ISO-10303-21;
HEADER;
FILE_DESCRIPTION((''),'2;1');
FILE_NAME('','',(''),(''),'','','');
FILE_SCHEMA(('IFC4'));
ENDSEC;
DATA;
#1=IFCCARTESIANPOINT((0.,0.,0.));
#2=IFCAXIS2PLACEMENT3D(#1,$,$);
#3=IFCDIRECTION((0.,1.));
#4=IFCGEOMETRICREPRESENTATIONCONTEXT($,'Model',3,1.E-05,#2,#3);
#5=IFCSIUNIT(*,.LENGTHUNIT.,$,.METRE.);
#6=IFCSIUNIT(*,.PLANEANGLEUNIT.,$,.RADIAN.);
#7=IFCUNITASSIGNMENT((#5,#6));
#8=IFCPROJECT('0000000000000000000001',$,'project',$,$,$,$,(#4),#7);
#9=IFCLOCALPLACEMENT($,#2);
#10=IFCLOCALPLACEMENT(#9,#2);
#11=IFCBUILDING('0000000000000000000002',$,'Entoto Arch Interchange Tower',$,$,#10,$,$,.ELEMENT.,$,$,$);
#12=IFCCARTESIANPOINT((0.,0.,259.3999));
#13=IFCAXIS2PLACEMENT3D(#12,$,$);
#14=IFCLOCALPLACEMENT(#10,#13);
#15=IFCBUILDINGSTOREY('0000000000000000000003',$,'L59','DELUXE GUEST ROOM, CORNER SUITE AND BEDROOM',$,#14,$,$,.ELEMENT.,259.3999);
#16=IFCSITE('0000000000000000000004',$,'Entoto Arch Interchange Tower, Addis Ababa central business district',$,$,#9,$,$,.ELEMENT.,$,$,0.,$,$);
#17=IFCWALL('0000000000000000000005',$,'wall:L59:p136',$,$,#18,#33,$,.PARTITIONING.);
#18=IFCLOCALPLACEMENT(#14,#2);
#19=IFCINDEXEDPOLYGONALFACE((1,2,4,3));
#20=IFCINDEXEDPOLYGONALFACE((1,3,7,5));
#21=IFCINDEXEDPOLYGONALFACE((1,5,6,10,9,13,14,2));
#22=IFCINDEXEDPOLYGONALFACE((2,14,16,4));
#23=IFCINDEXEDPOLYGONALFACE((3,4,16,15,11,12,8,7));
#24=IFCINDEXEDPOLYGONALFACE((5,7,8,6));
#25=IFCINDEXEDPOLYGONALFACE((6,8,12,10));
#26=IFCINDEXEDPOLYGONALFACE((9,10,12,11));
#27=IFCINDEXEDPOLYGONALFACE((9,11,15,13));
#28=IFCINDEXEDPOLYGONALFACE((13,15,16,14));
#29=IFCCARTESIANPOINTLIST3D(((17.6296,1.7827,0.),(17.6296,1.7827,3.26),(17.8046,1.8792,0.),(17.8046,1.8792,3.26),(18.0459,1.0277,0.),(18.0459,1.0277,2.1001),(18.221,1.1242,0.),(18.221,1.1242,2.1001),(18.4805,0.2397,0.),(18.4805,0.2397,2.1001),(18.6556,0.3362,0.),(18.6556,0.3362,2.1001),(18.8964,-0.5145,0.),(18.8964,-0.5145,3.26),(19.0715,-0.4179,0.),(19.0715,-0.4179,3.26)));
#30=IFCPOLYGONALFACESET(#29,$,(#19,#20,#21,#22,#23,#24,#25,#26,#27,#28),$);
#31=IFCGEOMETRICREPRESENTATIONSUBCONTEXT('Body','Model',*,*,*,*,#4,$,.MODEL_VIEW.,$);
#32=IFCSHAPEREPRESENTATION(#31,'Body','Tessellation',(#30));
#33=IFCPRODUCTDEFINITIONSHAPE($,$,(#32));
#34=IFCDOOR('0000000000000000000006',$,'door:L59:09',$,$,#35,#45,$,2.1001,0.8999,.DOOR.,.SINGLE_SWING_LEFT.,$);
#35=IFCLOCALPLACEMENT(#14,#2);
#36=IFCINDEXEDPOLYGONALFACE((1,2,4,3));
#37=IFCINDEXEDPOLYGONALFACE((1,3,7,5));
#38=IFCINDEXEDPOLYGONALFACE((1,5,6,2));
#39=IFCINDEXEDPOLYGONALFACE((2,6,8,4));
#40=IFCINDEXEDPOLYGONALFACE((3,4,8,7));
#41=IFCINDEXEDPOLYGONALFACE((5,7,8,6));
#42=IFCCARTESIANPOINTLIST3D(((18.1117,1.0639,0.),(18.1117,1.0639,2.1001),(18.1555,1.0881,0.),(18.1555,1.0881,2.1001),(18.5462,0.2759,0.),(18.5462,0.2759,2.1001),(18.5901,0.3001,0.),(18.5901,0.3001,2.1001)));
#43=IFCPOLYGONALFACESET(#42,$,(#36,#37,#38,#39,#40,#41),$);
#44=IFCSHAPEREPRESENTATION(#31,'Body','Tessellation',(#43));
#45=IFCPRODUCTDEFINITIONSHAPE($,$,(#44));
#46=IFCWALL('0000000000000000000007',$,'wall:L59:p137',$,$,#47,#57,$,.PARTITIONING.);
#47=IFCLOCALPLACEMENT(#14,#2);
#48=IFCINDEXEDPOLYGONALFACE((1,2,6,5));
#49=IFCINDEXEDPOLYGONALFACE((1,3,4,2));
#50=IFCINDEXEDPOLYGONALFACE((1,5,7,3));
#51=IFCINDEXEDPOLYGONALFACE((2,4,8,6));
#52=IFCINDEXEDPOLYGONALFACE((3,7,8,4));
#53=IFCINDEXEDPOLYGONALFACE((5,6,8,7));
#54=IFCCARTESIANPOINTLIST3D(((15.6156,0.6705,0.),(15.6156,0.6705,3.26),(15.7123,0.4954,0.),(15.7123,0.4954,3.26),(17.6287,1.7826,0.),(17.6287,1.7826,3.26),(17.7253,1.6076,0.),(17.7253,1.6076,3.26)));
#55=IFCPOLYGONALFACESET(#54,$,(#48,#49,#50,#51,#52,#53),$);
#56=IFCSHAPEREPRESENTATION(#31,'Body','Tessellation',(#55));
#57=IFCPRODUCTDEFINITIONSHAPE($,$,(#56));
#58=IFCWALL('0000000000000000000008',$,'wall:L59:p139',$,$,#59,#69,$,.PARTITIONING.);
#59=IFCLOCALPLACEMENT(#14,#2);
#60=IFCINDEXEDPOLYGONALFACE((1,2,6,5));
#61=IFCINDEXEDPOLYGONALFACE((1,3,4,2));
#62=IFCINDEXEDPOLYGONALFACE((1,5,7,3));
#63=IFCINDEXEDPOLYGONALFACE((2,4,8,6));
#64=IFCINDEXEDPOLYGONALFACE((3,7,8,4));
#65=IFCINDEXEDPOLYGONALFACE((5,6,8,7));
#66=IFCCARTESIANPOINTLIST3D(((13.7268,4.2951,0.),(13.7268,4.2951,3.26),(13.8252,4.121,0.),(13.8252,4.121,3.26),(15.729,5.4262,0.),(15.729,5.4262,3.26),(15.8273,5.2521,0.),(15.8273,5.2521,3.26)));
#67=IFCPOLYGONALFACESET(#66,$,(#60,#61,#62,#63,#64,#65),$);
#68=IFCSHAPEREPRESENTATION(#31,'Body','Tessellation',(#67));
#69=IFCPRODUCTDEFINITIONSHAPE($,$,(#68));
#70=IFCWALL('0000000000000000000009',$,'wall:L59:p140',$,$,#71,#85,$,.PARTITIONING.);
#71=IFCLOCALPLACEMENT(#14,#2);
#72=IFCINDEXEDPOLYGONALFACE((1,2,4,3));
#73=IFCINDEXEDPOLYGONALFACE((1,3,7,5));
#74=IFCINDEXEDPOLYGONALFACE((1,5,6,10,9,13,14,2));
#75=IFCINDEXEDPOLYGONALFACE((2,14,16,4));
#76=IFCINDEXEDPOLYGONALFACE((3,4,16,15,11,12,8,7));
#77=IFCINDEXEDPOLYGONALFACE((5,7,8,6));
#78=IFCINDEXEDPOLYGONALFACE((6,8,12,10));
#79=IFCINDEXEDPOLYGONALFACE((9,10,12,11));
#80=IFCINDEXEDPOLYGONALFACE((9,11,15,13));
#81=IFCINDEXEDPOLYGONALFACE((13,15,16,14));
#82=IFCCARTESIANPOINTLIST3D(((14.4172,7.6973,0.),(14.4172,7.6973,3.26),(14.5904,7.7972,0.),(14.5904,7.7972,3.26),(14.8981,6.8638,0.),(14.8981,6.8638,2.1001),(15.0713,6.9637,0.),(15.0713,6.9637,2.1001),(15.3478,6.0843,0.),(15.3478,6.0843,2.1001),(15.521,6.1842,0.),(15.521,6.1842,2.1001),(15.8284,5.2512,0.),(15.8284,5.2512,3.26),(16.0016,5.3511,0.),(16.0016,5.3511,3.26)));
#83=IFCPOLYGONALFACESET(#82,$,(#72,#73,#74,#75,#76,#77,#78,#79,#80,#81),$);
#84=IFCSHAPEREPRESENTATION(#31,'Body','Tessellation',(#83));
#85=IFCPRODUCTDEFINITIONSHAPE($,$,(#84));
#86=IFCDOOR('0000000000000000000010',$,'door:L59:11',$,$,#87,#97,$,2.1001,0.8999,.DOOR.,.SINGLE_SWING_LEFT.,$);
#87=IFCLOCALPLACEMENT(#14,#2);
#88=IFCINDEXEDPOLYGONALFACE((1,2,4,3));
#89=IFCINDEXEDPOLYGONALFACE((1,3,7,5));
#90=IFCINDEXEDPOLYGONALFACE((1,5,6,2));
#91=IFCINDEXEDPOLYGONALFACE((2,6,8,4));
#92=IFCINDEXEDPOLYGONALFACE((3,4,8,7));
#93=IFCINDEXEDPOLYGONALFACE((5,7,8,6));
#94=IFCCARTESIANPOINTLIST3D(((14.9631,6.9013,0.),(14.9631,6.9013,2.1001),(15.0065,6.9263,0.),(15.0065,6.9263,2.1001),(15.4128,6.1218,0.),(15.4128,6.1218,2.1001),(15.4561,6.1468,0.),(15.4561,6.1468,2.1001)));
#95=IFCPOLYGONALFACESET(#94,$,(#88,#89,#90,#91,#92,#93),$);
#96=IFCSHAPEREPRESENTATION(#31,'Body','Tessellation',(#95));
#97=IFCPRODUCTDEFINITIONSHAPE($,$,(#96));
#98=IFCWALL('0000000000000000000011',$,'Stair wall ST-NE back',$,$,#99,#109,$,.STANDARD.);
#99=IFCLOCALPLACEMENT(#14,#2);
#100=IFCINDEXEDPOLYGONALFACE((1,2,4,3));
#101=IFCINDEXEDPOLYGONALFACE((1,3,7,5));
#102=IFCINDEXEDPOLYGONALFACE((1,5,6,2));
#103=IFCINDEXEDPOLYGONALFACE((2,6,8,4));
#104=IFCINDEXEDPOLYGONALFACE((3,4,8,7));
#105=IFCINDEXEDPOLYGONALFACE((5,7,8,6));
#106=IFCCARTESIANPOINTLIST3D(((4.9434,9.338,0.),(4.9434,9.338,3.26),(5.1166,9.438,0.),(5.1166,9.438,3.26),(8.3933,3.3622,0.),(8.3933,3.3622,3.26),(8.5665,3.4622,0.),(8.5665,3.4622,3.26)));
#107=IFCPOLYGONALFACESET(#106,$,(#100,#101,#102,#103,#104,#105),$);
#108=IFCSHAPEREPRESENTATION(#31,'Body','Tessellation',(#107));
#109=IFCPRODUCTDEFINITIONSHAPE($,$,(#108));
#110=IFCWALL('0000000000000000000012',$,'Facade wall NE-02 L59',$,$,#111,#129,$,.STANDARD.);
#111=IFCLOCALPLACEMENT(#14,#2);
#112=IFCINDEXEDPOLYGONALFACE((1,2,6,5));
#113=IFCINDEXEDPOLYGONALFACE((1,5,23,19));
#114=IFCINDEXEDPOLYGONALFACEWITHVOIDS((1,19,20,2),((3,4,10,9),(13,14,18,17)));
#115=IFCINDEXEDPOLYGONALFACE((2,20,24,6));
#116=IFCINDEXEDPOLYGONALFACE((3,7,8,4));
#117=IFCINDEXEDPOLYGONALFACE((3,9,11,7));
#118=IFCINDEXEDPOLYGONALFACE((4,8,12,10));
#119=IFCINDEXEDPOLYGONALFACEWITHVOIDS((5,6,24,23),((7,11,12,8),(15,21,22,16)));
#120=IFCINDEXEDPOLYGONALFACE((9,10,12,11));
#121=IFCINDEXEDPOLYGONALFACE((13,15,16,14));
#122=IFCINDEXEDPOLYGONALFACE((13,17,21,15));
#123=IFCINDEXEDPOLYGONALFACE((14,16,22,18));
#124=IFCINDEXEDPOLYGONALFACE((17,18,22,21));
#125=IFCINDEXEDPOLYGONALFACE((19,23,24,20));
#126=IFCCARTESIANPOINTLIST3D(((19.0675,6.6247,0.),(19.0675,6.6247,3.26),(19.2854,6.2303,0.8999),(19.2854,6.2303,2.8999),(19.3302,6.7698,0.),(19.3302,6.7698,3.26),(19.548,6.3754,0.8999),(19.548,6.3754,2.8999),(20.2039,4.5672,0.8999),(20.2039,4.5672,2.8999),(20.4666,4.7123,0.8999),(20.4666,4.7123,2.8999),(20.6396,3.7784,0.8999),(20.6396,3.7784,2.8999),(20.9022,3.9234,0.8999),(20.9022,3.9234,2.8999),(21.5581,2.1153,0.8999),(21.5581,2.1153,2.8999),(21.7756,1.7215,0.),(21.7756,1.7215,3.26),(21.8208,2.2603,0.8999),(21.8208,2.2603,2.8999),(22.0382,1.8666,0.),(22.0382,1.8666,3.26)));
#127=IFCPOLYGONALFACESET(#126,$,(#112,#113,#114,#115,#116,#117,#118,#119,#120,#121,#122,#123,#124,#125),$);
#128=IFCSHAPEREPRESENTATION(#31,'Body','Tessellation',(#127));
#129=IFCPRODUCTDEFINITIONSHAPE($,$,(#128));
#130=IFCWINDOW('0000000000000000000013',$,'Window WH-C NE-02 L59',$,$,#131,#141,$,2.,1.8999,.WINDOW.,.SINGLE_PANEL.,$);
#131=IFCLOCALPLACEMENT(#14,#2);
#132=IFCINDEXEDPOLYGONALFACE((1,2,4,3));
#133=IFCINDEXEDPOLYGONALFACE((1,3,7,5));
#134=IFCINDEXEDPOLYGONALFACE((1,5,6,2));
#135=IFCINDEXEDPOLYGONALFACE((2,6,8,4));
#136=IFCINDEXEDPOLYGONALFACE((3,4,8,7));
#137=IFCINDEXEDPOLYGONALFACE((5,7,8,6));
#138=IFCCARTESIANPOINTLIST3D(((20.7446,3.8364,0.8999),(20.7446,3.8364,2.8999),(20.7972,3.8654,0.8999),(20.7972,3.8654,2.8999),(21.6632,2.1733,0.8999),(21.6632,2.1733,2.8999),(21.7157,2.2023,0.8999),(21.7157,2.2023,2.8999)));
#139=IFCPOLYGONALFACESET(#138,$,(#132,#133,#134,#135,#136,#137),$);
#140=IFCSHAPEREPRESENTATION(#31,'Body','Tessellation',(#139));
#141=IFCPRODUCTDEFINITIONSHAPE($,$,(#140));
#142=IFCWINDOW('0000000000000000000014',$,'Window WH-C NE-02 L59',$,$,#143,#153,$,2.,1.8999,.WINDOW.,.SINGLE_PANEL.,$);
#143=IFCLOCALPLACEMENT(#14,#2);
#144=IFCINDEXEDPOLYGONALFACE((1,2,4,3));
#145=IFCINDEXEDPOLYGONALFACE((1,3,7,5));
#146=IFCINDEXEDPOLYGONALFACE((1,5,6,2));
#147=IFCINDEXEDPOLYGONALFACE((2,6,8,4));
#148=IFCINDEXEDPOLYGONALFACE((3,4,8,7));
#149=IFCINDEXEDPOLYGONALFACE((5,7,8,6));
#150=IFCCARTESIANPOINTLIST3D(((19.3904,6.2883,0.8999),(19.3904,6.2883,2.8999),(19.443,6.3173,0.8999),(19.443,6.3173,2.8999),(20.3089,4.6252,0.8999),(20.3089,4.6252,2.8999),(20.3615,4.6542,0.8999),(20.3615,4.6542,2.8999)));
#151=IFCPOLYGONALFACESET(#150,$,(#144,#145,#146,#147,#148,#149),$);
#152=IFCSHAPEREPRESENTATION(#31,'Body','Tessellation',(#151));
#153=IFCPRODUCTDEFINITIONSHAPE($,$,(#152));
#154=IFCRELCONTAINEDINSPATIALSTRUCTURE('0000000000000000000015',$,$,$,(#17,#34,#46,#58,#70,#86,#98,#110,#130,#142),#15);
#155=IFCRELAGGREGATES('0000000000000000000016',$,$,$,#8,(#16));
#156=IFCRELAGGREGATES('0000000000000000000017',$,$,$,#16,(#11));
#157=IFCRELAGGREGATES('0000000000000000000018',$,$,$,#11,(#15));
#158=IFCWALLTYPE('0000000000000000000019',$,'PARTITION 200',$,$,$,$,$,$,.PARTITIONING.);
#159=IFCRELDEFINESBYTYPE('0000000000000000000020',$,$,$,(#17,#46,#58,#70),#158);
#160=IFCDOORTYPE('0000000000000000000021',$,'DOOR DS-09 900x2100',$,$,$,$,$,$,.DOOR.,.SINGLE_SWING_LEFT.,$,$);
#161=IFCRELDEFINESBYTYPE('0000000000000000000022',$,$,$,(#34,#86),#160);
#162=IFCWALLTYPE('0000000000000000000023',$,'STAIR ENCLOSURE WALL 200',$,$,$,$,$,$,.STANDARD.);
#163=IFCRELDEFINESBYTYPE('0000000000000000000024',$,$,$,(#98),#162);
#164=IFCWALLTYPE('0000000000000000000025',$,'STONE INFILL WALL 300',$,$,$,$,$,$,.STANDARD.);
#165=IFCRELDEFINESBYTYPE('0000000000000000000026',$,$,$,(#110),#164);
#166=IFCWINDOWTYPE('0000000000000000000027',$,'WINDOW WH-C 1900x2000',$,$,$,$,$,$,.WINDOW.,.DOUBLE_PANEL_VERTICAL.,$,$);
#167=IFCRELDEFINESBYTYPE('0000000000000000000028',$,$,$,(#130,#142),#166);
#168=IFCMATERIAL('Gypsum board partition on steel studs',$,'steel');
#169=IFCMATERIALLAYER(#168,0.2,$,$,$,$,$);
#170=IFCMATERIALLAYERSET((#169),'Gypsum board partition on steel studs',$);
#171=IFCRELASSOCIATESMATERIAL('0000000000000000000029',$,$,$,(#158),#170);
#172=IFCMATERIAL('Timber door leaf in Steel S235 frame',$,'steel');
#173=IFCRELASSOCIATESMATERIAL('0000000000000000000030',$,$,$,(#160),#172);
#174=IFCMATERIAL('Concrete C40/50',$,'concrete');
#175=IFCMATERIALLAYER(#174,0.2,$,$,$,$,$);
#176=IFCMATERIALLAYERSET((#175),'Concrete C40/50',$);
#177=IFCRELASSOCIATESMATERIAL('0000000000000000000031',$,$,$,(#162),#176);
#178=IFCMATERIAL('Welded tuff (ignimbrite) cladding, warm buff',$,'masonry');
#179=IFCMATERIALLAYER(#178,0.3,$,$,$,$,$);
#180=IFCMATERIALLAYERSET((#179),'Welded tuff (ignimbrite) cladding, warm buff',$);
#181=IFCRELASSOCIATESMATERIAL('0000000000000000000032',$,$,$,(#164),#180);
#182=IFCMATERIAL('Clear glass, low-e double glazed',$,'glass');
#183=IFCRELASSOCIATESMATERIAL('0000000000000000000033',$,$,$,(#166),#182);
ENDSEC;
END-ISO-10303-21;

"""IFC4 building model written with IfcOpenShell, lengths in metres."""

from ifc_helpers import new_model, si_unit, direction, frame, frame_2d, origin, place, context, subcontext, project, spatial, rectangle, extrude, material, layer, layer_set, type_object, element, fill, save


model = new_model("IFC4")

# Units and contexts
model_context = context("Model", 3, precision=1e-05, world=origin(), true_north=direction((0.0, 1.0)))
body_context = subcontext(model_context, "Body", "Model", "MODEL_VIEW")
ifc_project = project(units=[si_unit("LENGTHUNIT", "METRE"), si_unit("PLANEANGLEUNIT", "RADIAN")], contexts=[model_context])

# Site, building, storey
site_placement = place(None, origin())
site = spatial("IfcSite", under=ifc_project, at=site_placement, Name="Entoto Arch Interchange Tower, Addis Ababa central business district", CompositionType="ELEMENT", RefElevation=0.0)
building_placement = place(site_placement, origin())
building = spatial("IfcBuilding", under=site, at=building_placement, Name="Entoto Arch Interchange Tower", CompositionType="ELEMENT")
storey_placement = place(building_placement, frame((0.0, 0.0, 259.3999)))
storey = spatial("IfcBuildingStorey", under=building, at=storey_placement, Name="L59", Description="DELUXE GUEST ROOM, CORNER SUITE AND BEDROOM", CompositionType="ELEMENT", Elevation=259.3999)

# Shared definitions
ifc_material_1 = material(Name="Concrete C40/50", Category="concrete")

# Shared definitions
ifc_material_2 = material(Name="Gypsum board partition on steel studs", Category="steel")

# Shared definitions
ifc_layer_1 = layer(ifc_material_2, 0.2)
ifc_layer_set_1 = layer_set([ifc_layer_1], Name="Gypsum board partition on steel studs")
wall_type_1 = type_object("IfcWallType", Name="PARTITION 200", PredefinedType="PARTITIONING", material=ifc_layer_set_1)
ifc_material_3 = material(Name="Timber door leaf in Steel S235 frame", Category="steel")

# Wall, opening, door
wall_1_placement = place(storey_placement, frame((18.9839, -0.4661, 0.0), z_axis=(0.0, 0.0, 1.0), x_axis=(-0.482922, 0.875663, 0.0)))
wall_1 = element("IfcWall", 1, at=wall_1_placement, inside=storey, type_object=wall_type_1, Name="wall:L59:p136", PredefinedType="PARTITIONING", context=body_context, shape_type="SweptSolid", body=[
    extrude(rectangle(XDim=2.6233, YDim=0.2, at=frame_2d((1.3115, 0.0))), origin(), (0.0, 0.0, 1.0), 3.26),
])
opening_1_placement = place(wall_1_placement, frame((0.8611, 0.0, 0.0)))
opening_1 = element("IfcOpeningElement", 2, at=opening_1_placement, cuts=wall_1, PredefinedType="OPENING", context=body_context, shape_type="SweptSolid", body=[
    extrude(rectangle(XDim=0.8999, YDim=2.1001, at=frame_2d((0.45, 1.05))), frame((0.0, 0.1099, 0.0), z_axis=(0.0, -1.0, 0.0), x_axis=(1.0, 0.0, 0.0)), (0.0, 0.0, 1.0), 0.22),
])
door_type_1 = type_object("IfcDoorType", Name="DOOR DS-09 900x2100", OperationType="SINGLE_SWING_LEFT", PredefinedType="DOOR", material=ifc_material_3)
door_1_placement = place(opening_1_placement, origin())
door_1 = element("IfcDoor", 3, at=door_1_placement, inside=storey, type_object=door_type_1, Name="door:L59:09", OperationType="SINGLE_SWING_LEFT", OverallHeight=2.1001, OverallWidth=0.8999, PredefinedType="DOOR", context=body_context, shape_type="SweptSolid", body=[
    extrude(rectangle(XDim=0.8999, YDim=2.1001, at=frame_2d((0.45, 1.05))), frame((0.0, 0.0249, 0.0), z_axis=(0.0, -1.0, 0.0), x_axis=(1.0, 0.0, 0.0)), (0.0, 0.0, 1.0), 0.05),
])
fill(opening_1, door_1)

# Walls
wall_2_placement = place(storey_placement, frame((17.677, 1.6951, 0.0), z_axis=(0.0, 0.0, 1.0), x_axis=(-0.875307, -0.483568, 0.0)))
element("IfcWall", 4, at=wall_2_placement, inside=storey, type_object=wall_type_1, Name="wall:L59:p137", PredefinedType="PARTITIONING", context=body_context, shape_type="SweptSolid", body=[
    extrude(rectangle(XDim=2.2998, YDim=0.2, at=frame_2d((1.1499, 0.0))), origin(), (0.0, 0.0, 1.0), 3.26),
])
wall_3_placement = place(storey_placement, frame((13.7759, 4.208, 0.0), z_axis=(0.0, 0.0, 1.0), x_axis=(0.87067, 0.491868, 0.0)))
element("IfcWall", 5, at=wall_3_placement, inside=storey, type_object=wall_type_1, Name="wall:L59:p139", PredefinedType="PARTITIONING", context=body_context, shape_type="SweptSolid", body=[
    extrude(rectangle(XDim=2.2996, YDim=0.2, at=frame_2d((1.1499, 0.0))), origin(), (0.0, 0.0, 1.0), 3.26),
])

# Wall, opening, door
wall_4_placement = place(storey_placement, frame((15.915, 5.301, 0.0), z_axis=(0.0, 0.0, 1.0), x_axis=(-0.49971, 0.866193, 0.0)))
wall_4 = element("IfcWall", 6, at=wall_4_placement, inside=storey, type_object=wall_type_1, Name="wall:L59:p140", PredefinedType="PARTITIONING", context=body_context, shape_type="SweptSolid", body=[
    extrude(rectangle(XDim=2.824, YDim=0.2, at=frame_2d((1.4121, 0.0))), origin(), (0.0, 0.0, 1.0), 3.26),
])
opening_2_placement = place(wall_4_placement, frame((0.9619, 0.0, 0.0)))
opening_2 = element("IfcOpeningElement", 7, at=opening_2_placement, cuts=wall_4, PredefinedType="OPENING", context=body_context, shape_type="SweptSolid", body=[
    extrude(rectangle(XDim=0.8999, YDim=2.1001, at=frame_2d((0.45, 1.05))), frame((0.0, 0.1099, 0.0), z_axis=(0.0, -1.0, 0.0), x_axis=(1.0, 0.0, 0.0)), (0.0, 0.0, 1.0), 0.22),
])
door_2_placement = place(opening_2_placement, origin())
door_2 = element("IfcDoor", 8, at=door_2_placement, inside=storey, type_object=door_type_1, Name="door:L59:11", OperationType="SINGLE_SWING_LEFT", OverallHeight=2.1001, OverallWidth=0.8999, PredefinedType="DOOR", context=body_context, shape_type="SweptSolid", body=[
    extrude(rectangle(XDim=0.8999, YDim=2.1001, at=frame_2d((0.45, 1.05))), frame((0.0, 0.0249, 0.0), z_axis=(0.0, -1.0, 0.0), x_axis=(1.0, 0.0, 0.0)), (0.0, 0.0, 1.0), 0.05),
])
fill(opening_2, door_2)

# Wall
ifc_layer_2 = layer(ifc_material_1, 0.2)
ifc_layer_set_2 = layer_set([ifc_layer_2], Name="Concrete C40/50")
wall_type_2 = type_object("IfcWallType", Name="STAIR ENCLOSURE WALL 200", PredefinedType="STANDARD", material=ifc_layer_set_2)
wall_5_placement = place(storey_placement, frame((8.48, 3.4121, 0.0), z_axis=(0.0, 0.0, 1.0), x_axis=(-0.499979, 0.866038, 0.0)))
element("IfcWall", 9, at=wall_5_placement, inside=storey, type_object=wall_type_2, Name="Stair wall ST-NE back", PredefinedType="STANDARD", context=body_context, shape_type="SweptSolid", body=[
    extrude(rectangle(XDim=6.9001, YDim=0.2, at=frame_2d((3.4502, 0.0))), origin(), (0.0, 0.0, 1.0), 3.26),
])

# Wall, openings, windows
ifc_material_4 = material(Name="Welded tuff (ignimbrite) cladding, warm buff", Category="masonry")
ifc_layer_3 = layer(ifc_material_4, 0.3)
ifc_layer_set_3 = layer_set([ifc_layer_3], Name="Welded tuff (ignimbrite) cladding, warm buff")
wall_type_3 = type_object("IfcWallType", Name="STONE INFILL WALL 300", PredefinedType="STANDARD", material=ifc_layer_set_3)
wall_6_placement = place(storey_placement, frame((21.907, 1.7939, 0.0), z_axis=(0.0, 0.0, 1.0), x_axis=(-0.483469, 0.875361, 0.0)))
wall_6 = element("IfcWall", 10, at=wall_6_placement, inside=storey, type_object=wall_type_3, Name="Facade wall NE-02 L59", PredefinedType="STANDARD", context=body_context, shape_type="SweptSolid", body=[
    extrude(rectangle(XDim=5.6013, YDim=0.3, at=frame_2d((2.8008, 0.0))), origin(), (0.0, 0.0, 1.0), 3.26),
])
opening_3_placement = place(wall_6_placement, frame((0.45, 0.0, 0.8999)))
opening_3 = element("IfcOpeningElement", 11, at=opening_3_placement, cuts=wall_6, PredefinedType="OPENING", context=body_context, shape_type="SweptSolid", body=[
    extrude(rectangle(XDim=1.8999, YDim=2.0, at=frame_2d((0.95, 1.0))), frame((0.0, 0.1602, 0.0), z_axis=(0.0, -1.0, 0.0), x_axis=(1.0, 0.0, 0.0)), (0.0, 0.0, 1.0), 0.3201),
])
opening_4_placement = place(wall_6_placement, frame((3.251, 0.0, 0.8999)))
opening_4 = element("IfcOpeningElement", 12, at=opening_4_placement, cuts=wall_6, PredefinedType="OPENING", context=body_context, shape_type="SweptSolid", body=[
    extrude(rectangle(XDim=1.8999, YDim=2.0, at=frame_2d((0.95, 1.0))), frame((0.0, 0.1602, 0.0), z_axis=(0.0, -1.0, 0.0), x_axis=(1.0, 0.0, 0.0)), (0.0, 0.0, 1.0), 0.3201),
])
ifc_material_5 = material(Name="Clear glass, low-e double glazed", Category="glass")
window_type = type_object("IfcWindowType", Name="WINDOW WH-C 1900x2000", PartitioningType="DOUBLE_PANEL_VERTICAL", PredefinedType="WINDOW", material=ifc_material_5)
window_1_placement = place(opening_3_placement, origin())
window_1 = element("IfcWindow", 13, at=window_1_placement, inside=storey, type_object=window_type, Name="Window WH-C NE-02 L59", OverallHeight=2.0, OverallWidth=1.8999, PartitioningType="SINGLE_PANEL", PredefinedType="WINDOW", context=body_context, shape_type="SweptSolid", body=[
    extrude(rectangle(XDim=1.8999, YDim=2.0, at=frame_2d((0.95, 1.0))), frame((0.0, 0.03, 0.0), z_axis=(0.0, -1.0, 0.0), x_axis=(1.0, 0.0, 0.0)), (0.0, 0.0, 1.0), 0.0601),
])
fill(opening_3, window_1)
window_2_placement = place(opening_4_placement, origin())
window_2 = element("IfcWindow", 14, at=window_2_placement, inside=storey, type_object=window_type, Name="Window WH-C NE-02 L59", OverallHeight=2.0, OverallWidth=1.8999, PartitioningType="SINGLE_PANEL", PredefinedType="WINDOW", context=body_context, shape_type="SweptSolid", body=[
    extrude(rectangle(XDim=1.8999, YDim=2.0, at=frame_2d((0.95, 1.0))), frame((0.0, 0.03, 0.0), z_axis=(0.0, -1.0, 0.0), x_axis=(1.0, 0.0, 0.0)), (0.0, 0.0, 1.0), 0.0601),
])
fill(opening_4, window_2)

save(model, "model.ifc")
